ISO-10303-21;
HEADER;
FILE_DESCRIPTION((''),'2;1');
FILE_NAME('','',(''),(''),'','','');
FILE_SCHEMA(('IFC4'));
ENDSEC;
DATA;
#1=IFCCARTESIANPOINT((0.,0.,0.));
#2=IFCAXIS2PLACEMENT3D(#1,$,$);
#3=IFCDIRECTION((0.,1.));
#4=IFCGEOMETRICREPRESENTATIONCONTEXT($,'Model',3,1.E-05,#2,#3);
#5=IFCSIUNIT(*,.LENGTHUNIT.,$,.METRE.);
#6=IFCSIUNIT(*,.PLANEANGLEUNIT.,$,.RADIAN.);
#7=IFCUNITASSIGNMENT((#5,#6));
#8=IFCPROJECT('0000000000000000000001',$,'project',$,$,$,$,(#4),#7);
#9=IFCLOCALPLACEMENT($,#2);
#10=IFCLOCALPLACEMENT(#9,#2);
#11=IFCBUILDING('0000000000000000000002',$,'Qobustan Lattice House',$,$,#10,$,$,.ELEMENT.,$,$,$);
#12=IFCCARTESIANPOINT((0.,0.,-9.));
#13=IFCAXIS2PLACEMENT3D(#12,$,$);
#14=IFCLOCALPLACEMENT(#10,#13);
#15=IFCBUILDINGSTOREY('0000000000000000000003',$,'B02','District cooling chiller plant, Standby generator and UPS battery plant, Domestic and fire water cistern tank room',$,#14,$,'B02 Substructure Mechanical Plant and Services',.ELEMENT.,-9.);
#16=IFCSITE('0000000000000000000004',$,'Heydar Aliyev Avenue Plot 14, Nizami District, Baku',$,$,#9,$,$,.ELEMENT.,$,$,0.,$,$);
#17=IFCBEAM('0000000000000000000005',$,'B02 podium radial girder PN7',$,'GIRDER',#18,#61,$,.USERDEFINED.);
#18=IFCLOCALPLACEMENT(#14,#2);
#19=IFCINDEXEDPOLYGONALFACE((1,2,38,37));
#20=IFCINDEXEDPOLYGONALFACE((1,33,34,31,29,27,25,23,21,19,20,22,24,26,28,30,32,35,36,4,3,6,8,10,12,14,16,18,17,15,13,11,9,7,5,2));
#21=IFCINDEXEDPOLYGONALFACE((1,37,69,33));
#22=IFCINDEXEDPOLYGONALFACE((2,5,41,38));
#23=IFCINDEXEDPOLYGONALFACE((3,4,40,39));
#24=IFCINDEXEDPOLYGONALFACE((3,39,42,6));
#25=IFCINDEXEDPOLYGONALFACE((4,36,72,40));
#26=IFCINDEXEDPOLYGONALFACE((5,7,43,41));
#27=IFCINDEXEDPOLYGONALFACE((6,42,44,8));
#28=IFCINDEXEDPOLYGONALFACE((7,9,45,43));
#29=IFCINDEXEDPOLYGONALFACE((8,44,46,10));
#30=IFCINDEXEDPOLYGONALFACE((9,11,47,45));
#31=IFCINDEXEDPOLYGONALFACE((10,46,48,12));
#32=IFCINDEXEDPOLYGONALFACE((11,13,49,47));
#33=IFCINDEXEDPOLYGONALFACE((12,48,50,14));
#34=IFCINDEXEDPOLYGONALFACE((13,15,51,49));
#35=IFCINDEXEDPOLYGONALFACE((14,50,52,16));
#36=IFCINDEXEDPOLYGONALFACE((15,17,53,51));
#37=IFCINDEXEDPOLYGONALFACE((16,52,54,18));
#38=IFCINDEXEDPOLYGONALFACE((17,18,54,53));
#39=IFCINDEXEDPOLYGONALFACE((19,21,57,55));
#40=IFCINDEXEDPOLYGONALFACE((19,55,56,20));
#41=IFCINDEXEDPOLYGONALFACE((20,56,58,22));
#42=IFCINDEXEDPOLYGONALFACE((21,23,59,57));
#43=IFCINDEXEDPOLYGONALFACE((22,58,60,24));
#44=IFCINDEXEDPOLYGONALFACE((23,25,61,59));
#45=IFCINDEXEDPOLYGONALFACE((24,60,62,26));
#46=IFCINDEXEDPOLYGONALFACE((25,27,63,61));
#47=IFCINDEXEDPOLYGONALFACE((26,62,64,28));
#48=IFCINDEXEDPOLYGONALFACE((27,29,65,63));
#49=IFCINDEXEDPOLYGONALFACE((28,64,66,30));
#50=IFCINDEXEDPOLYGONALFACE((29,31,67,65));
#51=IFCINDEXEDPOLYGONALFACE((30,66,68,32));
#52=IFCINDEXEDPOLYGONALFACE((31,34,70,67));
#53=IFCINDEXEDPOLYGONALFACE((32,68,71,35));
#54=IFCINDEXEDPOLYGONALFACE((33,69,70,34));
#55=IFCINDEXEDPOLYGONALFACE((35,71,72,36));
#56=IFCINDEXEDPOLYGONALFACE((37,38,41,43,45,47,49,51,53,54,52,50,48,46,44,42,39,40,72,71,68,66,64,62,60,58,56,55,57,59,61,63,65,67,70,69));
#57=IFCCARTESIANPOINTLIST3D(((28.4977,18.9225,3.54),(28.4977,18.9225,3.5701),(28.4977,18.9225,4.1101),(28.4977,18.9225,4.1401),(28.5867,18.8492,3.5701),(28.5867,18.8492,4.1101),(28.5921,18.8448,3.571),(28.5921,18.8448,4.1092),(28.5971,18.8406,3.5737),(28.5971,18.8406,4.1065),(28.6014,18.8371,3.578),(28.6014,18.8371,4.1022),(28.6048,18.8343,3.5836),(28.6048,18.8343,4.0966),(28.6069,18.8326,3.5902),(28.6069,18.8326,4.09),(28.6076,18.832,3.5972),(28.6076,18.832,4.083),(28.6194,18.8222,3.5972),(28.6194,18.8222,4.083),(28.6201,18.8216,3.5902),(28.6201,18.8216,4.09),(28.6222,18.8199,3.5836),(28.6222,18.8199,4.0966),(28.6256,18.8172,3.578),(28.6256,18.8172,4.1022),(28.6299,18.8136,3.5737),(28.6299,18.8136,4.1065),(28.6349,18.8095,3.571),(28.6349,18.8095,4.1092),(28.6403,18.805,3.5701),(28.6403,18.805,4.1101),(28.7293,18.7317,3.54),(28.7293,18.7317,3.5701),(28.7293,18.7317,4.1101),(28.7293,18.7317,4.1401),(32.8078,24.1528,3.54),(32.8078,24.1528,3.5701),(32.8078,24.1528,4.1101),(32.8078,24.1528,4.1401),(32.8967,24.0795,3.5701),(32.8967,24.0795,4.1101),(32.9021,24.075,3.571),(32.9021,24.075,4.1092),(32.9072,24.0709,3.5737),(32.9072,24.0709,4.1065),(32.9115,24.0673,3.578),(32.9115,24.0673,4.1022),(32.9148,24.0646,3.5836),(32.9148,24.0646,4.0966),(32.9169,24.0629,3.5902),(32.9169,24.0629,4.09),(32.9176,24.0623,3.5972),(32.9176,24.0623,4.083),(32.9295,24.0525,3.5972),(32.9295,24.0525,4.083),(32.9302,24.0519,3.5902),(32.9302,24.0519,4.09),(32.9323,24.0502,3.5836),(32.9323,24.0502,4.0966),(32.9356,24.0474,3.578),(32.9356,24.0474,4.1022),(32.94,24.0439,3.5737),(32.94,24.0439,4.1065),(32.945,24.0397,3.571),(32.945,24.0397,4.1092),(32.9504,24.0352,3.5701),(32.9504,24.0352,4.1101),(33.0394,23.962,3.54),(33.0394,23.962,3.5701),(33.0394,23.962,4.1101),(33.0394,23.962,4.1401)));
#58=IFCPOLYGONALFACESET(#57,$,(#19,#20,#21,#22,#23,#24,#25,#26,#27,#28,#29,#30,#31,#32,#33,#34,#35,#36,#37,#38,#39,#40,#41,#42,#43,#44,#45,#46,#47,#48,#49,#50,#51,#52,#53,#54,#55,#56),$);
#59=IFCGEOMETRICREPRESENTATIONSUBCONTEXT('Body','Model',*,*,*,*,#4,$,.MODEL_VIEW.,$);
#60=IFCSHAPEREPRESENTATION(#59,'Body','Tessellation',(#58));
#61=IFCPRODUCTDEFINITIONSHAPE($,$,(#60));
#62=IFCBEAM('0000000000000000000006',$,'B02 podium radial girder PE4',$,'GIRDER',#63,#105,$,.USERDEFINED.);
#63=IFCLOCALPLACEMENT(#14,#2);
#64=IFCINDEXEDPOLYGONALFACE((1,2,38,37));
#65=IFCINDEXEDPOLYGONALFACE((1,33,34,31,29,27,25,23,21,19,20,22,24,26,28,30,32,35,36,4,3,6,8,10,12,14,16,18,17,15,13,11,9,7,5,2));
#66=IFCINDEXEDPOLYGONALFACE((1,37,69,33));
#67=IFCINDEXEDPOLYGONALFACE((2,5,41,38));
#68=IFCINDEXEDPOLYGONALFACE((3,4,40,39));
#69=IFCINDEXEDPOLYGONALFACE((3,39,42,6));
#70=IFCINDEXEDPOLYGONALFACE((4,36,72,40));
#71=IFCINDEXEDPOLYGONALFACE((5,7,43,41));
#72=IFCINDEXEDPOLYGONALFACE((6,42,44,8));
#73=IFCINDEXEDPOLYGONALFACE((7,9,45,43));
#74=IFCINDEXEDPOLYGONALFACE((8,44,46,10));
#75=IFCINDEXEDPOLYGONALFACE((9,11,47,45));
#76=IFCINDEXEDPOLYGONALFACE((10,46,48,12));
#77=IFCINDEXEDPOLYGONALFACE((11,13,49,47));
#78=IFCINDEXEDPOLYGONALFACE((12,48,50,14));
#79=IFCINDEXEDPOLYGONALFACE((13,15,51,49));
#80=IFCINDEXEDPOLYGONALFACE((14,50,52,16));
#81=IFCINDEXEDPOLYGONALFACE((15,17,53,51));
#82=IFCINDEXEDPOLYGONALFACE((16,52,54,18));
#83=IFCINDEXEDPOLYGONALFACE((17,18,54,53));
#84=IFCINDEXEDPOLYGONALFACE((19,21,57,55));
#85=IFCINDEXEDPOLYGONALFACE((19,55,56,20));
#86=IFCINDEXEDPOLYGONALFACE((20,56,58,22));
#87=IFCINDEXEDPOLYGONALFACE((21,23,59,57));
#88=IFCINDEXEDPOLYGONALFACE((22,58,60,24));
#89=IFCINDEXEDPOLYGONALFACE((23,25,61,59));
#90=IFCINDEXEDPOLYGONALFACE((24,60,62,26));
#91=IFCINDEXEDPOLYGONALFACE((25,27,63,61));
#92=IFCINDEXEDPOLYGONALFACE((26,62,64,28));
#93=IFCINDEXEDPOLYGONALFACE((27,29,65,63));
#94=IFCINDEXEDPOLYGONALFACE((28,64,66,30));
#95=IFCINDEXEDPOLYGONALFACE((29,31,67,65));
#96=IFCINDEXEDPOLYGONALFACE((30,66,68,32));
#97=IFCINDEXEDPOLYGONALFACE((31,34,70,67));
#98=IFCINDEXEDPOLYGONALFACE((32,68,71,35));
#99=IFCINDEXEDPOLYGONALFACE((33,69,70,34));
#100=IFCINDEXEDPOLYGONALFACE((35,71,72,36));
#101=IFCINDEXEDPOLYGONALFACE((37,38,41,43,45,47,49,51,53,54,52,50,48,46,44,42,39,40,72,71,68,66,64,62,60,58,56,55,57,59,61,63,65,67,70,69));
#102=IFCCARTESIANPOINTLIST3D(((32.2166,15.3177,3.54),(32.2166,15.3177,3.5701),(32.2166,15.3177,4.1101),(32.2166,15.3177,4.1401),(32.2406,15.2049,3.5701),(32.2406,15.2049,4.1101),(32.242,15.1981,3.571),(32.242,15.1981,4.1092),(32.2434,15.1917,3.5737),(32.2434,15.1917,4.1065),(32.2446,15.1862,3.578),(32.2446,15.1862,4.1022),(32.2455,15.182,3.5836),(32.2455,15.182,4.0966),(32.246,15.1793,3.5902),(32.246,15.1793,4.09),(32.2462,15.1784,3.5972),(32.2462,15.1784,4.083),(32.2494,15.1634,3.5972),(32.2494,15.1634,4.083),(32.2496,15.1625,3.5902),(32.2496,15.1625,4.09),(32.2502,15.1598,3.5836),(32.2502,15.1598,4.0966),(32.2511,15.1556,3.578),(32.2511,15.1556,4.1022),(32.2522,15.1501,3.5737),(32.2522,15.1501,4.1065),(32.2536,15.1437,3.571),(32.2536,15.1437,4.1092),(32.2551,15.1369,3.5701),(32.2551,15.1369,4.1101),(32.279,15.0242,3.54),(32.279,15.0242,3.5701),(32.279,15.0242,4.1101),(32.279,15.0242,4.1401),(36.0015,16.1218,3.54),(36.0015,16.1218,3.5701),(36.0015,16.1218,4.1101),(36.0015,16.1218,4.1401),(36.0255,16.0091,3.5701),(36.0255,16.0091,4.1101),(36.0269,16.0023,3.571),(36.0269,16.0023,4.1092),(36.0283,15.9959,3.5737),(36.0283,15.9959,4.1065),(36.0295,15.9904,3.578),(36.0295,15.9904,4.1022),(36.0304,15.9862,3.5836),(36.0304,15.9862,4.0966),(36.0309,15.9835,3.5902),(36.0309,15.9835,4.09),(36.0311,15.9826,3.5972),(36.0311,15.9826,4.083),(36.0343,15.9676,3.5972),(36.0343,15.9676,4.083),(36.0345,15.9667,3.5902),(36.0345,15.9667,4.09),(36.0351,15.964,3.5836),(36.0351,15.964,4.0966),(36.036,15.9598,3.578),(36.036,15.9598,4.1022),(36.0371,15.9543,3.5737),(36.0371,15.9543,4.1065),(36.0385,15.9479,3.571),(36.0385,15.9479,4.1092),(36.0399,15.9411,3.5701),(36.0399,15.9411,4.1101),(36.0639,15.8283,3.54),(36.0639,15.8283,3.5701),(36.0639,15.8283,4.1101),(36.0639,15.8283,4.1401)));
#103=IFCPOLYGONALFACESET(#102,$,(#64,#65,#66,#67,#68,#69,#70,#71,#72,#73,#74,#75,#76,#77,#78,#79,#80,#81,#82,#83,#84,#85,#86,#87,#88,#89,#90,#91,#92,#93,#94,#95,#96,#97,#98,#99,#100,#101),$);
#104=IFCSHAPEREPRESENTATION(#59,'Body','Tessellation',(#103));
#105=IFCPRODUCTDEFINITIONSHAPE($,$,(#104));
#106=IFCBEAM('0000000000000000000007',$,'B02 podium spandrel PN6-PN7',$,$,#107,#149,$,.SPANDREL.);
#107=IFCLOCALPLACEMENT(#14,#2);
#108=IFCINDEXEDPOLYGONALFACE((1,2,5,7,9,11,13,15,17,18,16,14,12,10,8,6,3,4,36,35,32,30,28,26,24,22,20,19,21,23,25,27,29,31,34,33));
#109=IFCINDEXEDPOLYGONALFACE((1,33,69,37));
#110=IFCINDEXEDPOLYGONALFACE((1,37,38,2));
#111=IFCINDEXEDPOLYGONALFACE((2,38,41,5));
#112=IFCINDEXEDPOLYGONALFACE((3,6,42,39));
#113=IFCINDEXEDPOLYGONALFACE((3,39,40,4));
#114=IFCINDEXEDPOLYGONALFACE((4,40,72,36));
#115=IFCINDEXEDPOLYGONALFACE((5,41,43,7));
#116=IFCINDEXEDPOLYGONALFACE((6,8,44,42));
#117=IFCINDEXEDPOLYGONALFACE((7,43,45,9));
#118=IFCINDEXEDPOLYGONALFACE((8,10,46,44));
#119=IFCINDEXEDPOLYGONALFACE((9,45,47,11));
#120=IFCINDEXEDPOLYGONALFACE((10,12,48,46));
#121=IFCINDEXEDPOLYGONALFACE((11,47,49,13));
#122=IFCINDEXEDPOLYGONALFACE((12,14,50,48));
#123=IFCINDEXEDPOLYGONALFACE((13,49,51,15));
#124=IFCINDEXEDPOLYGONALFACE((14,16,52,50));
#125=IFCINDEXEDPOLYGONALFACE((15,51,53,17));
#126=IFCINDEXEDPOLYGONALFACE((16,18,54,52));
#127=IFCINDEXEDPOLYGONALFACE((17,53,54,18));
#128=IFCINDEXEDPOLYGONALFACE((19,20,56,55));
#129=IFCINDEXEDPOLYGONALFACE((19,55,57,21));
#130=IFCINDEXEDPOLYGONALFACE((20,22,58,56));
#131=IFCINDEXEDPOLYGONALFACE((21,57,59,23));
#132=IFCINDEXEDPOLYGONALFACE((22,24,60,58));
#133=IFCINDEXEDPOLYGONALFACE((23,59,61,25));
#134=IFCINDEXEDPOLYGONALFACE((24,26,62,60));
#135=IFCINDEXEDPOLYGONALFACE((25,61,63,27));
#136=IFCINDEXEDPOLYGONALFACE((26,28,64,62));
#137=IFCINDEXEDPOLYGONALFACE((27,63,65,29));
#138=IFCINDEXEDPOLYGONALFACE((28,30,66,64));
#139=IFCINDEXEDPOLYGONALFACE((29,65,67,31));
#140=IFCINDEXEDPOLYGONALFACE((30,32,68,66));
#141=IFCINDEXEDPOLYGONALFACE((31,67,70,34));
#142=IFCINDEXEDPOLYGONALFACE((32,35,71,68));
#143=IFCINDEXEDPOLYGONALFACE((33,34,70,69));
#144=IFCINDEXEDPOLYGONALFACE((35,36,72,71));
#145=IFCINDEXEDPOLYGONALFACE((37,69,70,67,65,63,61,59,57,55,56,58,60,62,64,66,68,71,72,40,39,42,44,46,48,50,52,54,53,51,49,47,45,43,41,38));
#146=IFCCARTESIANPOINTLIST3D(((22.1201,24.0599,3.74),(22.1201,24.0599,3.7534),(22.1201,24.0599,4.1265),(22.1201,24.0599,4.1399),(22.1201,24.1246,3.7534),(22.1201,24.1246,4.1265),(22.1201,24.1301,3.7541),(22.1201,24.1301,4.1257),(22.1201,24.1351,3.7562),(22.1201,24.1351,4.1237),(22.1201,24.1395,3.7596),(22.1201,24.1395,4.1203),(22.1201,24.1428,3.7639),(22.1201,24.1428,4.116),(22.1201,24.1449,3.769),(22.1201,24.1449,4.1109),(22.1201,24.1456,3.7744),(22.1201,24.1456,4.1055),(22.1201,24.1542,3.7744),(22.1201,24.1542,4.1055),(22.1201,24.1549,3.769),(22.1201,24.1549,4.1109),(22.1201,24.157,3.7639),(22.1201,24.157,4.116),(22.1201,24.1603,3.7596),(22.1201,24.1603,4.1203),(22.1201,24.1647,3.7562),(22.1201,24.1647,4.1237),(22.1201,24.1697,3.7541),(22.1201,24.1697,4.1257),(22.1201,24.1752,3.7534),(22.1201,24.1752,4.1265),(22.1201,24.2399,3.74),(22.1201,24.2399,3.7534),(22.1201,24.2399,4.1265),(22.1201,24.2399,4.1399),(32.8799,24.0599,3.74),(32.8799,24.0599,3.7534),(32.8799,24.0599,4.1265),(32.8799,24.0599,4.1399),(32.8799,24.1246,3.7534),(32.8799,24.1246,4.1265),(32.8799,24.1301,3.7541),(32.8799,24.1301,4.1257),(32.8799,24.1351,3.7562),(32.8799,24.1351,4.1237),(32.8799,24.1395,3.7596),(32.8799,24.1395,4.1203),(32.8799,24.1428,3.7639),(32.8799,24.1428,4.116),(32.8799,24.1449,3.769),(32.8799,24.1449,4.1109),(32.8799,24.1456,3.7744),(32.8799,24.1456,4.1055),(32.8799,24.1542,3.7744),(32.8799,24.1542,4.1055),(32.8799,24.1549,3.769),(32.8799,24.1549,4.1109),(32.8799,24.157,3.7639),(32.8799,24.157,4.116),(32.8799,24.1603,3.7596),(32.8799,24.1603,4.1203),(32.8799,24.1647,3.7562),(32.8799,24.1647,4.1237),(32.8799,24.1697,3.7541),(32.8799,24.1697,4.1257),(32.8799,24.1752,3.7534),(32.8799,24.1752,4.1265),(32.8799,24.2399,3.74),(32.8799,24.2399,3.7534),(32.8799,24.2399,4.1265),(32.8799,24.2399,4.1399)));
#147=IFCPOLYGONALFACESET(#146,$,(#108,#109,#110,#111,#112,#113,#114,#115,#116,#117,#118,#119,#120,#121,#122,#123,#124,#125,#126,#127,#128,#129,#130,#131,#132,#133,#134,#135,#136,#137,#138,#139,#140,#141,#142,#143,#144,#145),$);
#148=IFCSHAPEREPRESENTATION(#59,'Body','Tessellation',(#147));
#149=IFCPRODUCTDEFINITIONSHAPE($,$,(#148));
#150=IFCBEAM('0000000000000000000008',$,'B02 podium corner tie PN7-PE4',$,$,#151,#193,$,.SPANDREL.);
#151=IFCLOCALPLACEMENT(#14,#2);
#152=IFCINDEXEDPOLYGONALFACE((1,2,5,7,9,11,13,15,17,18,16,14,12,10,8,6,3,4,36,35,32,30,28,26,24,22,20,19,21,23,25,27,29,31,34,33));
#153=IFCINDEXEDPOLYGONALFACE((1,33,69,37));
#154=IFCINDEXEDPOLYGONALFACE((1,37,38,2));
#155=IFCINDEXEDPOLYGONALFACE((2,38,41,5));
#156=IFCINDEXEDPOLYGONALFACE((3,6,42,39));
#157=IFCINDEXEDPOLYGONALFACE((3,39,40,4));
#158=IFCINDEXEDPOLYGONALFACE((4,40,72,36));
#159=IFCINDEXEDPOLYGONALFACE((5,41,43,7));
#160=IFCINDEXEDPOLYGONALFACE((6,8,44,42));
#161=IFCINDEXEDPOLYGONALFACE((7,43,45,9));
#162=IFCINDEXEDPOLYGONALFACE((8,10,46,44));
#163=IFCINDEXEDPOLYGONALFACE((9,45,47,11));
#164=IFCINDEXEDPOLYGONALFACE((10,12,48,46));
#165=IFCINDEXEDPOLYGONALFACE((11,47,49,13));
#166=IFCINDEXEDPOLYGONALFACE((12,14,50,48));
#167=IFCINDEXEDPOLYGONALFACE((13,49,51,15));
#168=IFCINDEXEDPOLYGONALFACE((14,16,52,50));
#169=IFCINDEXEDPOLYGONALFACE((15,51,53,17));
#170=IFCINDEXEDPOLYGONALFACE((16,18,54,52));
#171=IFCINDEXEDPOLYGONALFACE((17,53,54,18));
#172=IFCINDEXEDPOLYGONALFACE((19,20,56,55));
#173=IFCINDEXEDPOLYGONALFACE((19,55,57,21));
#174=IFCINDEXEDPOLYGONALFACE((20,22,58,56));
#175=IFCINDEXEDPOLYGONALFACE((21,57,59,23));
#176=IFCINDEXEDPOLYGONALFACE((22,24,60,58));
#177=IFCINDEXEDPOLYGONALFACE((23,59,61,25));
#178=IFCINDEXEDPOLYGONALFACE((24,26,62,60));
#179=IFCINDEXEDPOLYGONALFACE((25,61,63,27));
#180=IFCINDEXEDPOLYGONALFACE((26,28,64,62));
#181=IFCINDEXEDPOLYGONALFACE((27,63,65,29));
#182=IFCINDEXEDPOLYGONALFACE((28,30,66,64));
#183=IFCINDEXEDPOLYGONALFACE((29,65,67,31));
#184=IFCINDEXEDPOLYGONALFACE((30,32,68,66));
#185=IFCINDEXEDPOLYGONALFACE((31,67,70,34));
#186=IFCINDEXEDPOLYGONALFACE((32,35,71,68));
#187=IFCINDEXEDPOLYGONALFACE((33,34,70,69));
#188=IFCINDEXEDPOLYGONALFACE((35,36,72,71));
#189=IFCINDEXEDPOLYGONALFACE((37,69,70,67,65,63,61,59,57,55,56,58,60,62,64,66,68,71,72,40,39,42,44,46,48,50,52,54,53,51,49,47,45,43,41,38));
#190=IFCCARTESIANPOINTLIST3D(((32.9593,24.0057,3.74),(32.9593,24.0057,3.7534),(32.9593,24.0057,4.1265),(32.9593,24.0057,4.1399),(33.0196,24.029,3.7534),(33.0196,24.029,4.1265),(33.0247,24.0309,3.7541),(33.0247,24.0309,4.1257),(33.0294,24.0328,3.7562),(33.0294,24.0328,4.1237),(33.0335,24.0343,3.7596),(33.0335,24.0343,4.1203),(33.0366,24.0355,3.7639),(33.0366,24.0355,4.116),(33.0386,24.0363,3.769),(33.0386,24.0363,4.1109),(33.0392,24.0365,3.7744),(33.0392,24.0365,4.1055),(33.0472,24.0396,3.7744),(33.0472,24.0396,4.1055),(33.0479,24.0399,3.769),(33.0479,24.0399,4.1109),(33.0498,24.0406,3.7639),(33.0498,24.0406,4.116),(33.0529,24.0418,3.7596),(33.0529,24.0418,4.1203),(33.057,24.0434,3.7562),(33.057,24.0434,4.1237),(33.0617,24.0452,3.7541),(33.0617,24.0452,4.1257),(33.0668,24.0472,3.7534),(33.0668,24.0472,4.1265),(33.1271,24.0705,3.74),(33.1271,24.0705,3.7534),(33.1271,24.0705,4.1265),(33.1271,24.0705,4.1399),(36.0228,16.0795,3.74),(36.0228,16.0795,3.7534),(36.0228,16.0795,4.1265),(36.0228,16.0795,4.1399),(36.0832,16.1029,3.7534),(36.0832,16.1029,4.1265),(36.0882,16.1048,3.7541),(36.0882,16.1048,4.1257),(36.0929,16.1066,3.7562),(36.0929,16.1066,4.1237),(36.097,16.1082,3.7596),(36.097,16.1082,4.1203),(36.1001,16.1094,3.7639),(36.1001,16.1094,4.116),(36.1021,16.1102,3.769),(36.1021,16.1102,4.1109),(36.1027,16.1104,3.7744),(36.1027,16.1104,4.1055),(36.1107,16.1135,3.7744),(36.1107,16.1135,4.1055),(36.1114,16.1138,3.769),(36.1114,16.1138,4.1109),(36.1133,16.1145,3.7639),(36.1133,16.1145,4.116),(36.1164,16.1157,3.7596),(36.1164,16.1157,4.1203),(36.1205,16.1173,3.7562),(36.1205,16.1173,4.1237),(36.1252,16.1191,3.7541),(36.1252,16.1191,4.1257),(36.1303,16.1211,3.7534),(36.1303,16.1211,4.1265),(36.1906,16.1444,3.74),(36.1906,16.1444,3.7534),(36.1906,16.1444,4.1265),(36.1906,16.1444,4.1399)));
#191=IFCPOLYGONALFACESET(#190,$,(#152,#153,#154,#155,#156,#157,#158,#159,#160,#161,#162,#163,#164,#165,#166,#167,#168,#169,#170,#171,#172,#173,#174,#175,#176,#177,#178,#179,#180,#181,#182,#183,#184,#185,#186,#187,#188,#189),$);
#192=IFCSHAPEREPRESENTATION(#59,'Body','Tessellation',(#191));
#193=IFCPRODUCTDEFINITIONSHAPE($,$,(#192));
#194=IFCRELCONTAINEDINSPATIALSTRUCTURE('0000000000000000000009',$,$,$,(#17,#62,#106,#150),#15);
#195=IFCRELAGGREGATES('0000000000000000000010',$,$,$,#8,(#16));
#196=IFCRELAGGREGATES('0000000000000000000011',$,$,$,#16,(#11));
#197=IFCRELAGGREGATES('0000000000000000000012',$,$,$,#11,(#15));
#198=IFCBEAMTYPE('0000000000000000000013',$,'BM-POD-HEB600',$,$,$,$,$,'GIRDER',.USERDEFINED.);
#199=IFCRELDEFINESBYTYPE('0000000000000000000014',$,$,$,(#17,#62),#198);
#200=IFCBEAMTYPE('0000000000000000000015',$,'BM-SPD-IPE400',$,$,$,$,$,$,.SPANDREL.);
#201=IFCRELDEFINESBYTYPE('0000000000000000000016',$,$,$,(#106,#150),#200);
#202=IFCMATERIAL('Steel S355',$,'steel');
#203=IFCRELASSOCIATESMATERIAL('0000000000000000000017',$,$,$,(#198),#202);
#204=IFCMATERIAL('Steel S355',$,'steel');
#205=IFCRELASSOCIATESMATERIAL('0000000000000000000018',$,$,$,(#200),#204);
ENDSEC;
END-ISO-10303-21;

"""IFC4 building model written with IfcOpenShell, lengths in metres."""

from ifc_helpers import new_model, si_unit, direction, frame, origin, origin_2d, place, context, subcontext, project, spatial, i_section, extrude, material, material_profile, profile_set, type_object, element, save


model = new_model("IFC4")

# Units and contexts
model_context = context("Model", 3, precision=1e-05, world=origin(), true_north=direction((0.0, 1.0)))
body_context = subcontext(model_context, "Body", "Model", "MODEL_VIEW")
ifc_project = project(units=[si_unit("LENGTHUNIT", "METRE"), si_unit("PLANEANGLEUNIT", "RADIAN")], contexts=[model_context])

# Site, building, storey
site_placement = place(None, origin())
site = spatial("IfcSite", under=ifc_project, at=site_placement, Name="Heydar Aliyev Avenue Plot 14, Nizami District, Baku", CompositionType="ELEMENT", RefElevation=0.0)
building_placement = place(site_placement, origin())
building = spatial("IfcBuilding", under=site, at=building_placement, Name="Qobustan Lattice House", CompositionType="ELEMENT")
storey_placement = place(building_placement, frame((0.0, 0.0, -9.0)))
storey = spatial("IfcBuildingStorey", under=building, at=storey_placement, Name="B02", Description="District cooling chiller plant, Standby generator and UPS battery plant, Domestic and fire water cistern tank room", LongName="B02 Substructure Mechanical Plant and Services", CompositionType="ELEMENT", Elevation=-9.0)

# Beams
ifc_material_1 = material(Name="Steel S355", Category="steel")
ifc_material_profile_1 = material_profile(ifc_material_1, i_section(OverallWidth=0.3, OverallDepth=0.6001, WebThickness=0.0154, FlangeThickness=0.03, FilletRadius=0.0271, at=origin_2d()), Name="HEB600")
ifc_profile_set_1 = profile_set([ifc_material_profile_1], Name="Steel S355")
beam_type_1 = type_object("IfcBeamType", Name="BM-POD-HEB600", ElementType="GIRDER", PredefinedType="USERDEFINED", material=ifc_profile_set_1)
beam_1_placement = place(storey_placement, frame((32.9236, 24.0574, 3.8401), z_axis=(-0.635955, -0.771726, 0.0), x_axis=(0.771726, -0.635955, 0.0)))
element("IfcBeam", 1, at=beam_1_placement, inside=storey, type_object=beam_type_1, Name="B02 podium radial girder PN7", ObjectType="GIRDER", PredefinedType="USERDEFINED", context=body_context, shape_type="SweptSolid", body=[
    extrude(i_section(OverallWidth=0.3, OverallDepth=0.6001, WebThickness=0.0154, FlangeThickness=0.03, FilletRadius=0.0271, at=origin_2d()), origin(), (0.0, 0.0, 1.0), 6.7773),
])
beam_2_placement = place(storey_placement, frame((36.0327, 15.9751, 3.8401), z_axis=(-0.978164, -0.207835, 0.0), x_axis=(0.207835, -0.978164, 0.0)))
element("IfcBeam", 2, at=beam_2_placement, inside=storey, type_object=beam_type_1, Name="B02 podium radial girder PE4", ObjectType="GIRDER", PredefinedType="USERDEFINED", context=body_context, shape_type="SweptSolid", body=[
    extrude(i_section(OverallWidth=0.3, OverallDepth=0.6001, WebThickness=0.0154, FlangeThickness=0.03, FilletRadius=0.0271, at=origin_2d()), origin(), (0.0, 0.0, 1.0), 3.8694),
])
ifc_material_2 = material(Name="Steel S355", Category="steel")
ifc_material_profile_2 = material_profile(ifc_material_2, i_section(OverallWidth=0.1799, OverallDepth=0.3999, WebThickness=0.0085, FlangeThickness=0.0134, FilletRadius=0.021, at=origin_2d()), Name="IPE400")
ifc_profile_set_2 = profile_set([ifc_material_profile_2], Name="Steel S355")
beam_type_2 = type_object("IfcBeamType", Name="BM-SPD-IPE400", PredefinedType="SPANDREL", material=ifc_profile_set_2)
beam_3_placement = place(storey_placement, frame((22.1201, 24.1499, 3.9399), z_axis=(1.0, 0.0, 0.0), x_axis=(0.0, 1.0, 0.0)))
element("IfcBeam", 3, at=beam_3_placement, inside=storey, type_object=beam_type_2, Name="B02 podium spandrel PN6-PN7", PredefinedType="SPANDREL", context=body_context, shape_type="SweptSolid", body=[
    extrude(i_section(OverallWidth=0.1799, OverallDepth=0.3999, WebThickness=0.0085, FlangeThickness=0.0134, FilletRadius=0.021, at=origin_2d()), origin(), (0.0, 0.0, 1.0), 10.7598),
])
beam_4_placement = place(storey_placement, frame((33.0432, 24.0381, 3.9399), z_axis=(0.360517, -0.932753, 0.0), x_axis=(0.932753, 0.360517, 0.0)))
element("IfcBeam", 4, at=beam_4_placement, inside=storey, type_object=beam_type_2, Name="B02 podium corner tie PN7-PE4", PredefinedType="SPANDREL", context=body_context, shape_type="SweptSolid", body=[
    extrude(i_section(OverallWidth=0.1799, OverallDepth=0.3999, WebThickness=0.0085, FlangeThickness=0.0134, FilletRadius=0.021, at=origin_2d()), origin(), (0.0, 0.0, 1.0), 8.4976),
])

save(model, "model.ifc")
